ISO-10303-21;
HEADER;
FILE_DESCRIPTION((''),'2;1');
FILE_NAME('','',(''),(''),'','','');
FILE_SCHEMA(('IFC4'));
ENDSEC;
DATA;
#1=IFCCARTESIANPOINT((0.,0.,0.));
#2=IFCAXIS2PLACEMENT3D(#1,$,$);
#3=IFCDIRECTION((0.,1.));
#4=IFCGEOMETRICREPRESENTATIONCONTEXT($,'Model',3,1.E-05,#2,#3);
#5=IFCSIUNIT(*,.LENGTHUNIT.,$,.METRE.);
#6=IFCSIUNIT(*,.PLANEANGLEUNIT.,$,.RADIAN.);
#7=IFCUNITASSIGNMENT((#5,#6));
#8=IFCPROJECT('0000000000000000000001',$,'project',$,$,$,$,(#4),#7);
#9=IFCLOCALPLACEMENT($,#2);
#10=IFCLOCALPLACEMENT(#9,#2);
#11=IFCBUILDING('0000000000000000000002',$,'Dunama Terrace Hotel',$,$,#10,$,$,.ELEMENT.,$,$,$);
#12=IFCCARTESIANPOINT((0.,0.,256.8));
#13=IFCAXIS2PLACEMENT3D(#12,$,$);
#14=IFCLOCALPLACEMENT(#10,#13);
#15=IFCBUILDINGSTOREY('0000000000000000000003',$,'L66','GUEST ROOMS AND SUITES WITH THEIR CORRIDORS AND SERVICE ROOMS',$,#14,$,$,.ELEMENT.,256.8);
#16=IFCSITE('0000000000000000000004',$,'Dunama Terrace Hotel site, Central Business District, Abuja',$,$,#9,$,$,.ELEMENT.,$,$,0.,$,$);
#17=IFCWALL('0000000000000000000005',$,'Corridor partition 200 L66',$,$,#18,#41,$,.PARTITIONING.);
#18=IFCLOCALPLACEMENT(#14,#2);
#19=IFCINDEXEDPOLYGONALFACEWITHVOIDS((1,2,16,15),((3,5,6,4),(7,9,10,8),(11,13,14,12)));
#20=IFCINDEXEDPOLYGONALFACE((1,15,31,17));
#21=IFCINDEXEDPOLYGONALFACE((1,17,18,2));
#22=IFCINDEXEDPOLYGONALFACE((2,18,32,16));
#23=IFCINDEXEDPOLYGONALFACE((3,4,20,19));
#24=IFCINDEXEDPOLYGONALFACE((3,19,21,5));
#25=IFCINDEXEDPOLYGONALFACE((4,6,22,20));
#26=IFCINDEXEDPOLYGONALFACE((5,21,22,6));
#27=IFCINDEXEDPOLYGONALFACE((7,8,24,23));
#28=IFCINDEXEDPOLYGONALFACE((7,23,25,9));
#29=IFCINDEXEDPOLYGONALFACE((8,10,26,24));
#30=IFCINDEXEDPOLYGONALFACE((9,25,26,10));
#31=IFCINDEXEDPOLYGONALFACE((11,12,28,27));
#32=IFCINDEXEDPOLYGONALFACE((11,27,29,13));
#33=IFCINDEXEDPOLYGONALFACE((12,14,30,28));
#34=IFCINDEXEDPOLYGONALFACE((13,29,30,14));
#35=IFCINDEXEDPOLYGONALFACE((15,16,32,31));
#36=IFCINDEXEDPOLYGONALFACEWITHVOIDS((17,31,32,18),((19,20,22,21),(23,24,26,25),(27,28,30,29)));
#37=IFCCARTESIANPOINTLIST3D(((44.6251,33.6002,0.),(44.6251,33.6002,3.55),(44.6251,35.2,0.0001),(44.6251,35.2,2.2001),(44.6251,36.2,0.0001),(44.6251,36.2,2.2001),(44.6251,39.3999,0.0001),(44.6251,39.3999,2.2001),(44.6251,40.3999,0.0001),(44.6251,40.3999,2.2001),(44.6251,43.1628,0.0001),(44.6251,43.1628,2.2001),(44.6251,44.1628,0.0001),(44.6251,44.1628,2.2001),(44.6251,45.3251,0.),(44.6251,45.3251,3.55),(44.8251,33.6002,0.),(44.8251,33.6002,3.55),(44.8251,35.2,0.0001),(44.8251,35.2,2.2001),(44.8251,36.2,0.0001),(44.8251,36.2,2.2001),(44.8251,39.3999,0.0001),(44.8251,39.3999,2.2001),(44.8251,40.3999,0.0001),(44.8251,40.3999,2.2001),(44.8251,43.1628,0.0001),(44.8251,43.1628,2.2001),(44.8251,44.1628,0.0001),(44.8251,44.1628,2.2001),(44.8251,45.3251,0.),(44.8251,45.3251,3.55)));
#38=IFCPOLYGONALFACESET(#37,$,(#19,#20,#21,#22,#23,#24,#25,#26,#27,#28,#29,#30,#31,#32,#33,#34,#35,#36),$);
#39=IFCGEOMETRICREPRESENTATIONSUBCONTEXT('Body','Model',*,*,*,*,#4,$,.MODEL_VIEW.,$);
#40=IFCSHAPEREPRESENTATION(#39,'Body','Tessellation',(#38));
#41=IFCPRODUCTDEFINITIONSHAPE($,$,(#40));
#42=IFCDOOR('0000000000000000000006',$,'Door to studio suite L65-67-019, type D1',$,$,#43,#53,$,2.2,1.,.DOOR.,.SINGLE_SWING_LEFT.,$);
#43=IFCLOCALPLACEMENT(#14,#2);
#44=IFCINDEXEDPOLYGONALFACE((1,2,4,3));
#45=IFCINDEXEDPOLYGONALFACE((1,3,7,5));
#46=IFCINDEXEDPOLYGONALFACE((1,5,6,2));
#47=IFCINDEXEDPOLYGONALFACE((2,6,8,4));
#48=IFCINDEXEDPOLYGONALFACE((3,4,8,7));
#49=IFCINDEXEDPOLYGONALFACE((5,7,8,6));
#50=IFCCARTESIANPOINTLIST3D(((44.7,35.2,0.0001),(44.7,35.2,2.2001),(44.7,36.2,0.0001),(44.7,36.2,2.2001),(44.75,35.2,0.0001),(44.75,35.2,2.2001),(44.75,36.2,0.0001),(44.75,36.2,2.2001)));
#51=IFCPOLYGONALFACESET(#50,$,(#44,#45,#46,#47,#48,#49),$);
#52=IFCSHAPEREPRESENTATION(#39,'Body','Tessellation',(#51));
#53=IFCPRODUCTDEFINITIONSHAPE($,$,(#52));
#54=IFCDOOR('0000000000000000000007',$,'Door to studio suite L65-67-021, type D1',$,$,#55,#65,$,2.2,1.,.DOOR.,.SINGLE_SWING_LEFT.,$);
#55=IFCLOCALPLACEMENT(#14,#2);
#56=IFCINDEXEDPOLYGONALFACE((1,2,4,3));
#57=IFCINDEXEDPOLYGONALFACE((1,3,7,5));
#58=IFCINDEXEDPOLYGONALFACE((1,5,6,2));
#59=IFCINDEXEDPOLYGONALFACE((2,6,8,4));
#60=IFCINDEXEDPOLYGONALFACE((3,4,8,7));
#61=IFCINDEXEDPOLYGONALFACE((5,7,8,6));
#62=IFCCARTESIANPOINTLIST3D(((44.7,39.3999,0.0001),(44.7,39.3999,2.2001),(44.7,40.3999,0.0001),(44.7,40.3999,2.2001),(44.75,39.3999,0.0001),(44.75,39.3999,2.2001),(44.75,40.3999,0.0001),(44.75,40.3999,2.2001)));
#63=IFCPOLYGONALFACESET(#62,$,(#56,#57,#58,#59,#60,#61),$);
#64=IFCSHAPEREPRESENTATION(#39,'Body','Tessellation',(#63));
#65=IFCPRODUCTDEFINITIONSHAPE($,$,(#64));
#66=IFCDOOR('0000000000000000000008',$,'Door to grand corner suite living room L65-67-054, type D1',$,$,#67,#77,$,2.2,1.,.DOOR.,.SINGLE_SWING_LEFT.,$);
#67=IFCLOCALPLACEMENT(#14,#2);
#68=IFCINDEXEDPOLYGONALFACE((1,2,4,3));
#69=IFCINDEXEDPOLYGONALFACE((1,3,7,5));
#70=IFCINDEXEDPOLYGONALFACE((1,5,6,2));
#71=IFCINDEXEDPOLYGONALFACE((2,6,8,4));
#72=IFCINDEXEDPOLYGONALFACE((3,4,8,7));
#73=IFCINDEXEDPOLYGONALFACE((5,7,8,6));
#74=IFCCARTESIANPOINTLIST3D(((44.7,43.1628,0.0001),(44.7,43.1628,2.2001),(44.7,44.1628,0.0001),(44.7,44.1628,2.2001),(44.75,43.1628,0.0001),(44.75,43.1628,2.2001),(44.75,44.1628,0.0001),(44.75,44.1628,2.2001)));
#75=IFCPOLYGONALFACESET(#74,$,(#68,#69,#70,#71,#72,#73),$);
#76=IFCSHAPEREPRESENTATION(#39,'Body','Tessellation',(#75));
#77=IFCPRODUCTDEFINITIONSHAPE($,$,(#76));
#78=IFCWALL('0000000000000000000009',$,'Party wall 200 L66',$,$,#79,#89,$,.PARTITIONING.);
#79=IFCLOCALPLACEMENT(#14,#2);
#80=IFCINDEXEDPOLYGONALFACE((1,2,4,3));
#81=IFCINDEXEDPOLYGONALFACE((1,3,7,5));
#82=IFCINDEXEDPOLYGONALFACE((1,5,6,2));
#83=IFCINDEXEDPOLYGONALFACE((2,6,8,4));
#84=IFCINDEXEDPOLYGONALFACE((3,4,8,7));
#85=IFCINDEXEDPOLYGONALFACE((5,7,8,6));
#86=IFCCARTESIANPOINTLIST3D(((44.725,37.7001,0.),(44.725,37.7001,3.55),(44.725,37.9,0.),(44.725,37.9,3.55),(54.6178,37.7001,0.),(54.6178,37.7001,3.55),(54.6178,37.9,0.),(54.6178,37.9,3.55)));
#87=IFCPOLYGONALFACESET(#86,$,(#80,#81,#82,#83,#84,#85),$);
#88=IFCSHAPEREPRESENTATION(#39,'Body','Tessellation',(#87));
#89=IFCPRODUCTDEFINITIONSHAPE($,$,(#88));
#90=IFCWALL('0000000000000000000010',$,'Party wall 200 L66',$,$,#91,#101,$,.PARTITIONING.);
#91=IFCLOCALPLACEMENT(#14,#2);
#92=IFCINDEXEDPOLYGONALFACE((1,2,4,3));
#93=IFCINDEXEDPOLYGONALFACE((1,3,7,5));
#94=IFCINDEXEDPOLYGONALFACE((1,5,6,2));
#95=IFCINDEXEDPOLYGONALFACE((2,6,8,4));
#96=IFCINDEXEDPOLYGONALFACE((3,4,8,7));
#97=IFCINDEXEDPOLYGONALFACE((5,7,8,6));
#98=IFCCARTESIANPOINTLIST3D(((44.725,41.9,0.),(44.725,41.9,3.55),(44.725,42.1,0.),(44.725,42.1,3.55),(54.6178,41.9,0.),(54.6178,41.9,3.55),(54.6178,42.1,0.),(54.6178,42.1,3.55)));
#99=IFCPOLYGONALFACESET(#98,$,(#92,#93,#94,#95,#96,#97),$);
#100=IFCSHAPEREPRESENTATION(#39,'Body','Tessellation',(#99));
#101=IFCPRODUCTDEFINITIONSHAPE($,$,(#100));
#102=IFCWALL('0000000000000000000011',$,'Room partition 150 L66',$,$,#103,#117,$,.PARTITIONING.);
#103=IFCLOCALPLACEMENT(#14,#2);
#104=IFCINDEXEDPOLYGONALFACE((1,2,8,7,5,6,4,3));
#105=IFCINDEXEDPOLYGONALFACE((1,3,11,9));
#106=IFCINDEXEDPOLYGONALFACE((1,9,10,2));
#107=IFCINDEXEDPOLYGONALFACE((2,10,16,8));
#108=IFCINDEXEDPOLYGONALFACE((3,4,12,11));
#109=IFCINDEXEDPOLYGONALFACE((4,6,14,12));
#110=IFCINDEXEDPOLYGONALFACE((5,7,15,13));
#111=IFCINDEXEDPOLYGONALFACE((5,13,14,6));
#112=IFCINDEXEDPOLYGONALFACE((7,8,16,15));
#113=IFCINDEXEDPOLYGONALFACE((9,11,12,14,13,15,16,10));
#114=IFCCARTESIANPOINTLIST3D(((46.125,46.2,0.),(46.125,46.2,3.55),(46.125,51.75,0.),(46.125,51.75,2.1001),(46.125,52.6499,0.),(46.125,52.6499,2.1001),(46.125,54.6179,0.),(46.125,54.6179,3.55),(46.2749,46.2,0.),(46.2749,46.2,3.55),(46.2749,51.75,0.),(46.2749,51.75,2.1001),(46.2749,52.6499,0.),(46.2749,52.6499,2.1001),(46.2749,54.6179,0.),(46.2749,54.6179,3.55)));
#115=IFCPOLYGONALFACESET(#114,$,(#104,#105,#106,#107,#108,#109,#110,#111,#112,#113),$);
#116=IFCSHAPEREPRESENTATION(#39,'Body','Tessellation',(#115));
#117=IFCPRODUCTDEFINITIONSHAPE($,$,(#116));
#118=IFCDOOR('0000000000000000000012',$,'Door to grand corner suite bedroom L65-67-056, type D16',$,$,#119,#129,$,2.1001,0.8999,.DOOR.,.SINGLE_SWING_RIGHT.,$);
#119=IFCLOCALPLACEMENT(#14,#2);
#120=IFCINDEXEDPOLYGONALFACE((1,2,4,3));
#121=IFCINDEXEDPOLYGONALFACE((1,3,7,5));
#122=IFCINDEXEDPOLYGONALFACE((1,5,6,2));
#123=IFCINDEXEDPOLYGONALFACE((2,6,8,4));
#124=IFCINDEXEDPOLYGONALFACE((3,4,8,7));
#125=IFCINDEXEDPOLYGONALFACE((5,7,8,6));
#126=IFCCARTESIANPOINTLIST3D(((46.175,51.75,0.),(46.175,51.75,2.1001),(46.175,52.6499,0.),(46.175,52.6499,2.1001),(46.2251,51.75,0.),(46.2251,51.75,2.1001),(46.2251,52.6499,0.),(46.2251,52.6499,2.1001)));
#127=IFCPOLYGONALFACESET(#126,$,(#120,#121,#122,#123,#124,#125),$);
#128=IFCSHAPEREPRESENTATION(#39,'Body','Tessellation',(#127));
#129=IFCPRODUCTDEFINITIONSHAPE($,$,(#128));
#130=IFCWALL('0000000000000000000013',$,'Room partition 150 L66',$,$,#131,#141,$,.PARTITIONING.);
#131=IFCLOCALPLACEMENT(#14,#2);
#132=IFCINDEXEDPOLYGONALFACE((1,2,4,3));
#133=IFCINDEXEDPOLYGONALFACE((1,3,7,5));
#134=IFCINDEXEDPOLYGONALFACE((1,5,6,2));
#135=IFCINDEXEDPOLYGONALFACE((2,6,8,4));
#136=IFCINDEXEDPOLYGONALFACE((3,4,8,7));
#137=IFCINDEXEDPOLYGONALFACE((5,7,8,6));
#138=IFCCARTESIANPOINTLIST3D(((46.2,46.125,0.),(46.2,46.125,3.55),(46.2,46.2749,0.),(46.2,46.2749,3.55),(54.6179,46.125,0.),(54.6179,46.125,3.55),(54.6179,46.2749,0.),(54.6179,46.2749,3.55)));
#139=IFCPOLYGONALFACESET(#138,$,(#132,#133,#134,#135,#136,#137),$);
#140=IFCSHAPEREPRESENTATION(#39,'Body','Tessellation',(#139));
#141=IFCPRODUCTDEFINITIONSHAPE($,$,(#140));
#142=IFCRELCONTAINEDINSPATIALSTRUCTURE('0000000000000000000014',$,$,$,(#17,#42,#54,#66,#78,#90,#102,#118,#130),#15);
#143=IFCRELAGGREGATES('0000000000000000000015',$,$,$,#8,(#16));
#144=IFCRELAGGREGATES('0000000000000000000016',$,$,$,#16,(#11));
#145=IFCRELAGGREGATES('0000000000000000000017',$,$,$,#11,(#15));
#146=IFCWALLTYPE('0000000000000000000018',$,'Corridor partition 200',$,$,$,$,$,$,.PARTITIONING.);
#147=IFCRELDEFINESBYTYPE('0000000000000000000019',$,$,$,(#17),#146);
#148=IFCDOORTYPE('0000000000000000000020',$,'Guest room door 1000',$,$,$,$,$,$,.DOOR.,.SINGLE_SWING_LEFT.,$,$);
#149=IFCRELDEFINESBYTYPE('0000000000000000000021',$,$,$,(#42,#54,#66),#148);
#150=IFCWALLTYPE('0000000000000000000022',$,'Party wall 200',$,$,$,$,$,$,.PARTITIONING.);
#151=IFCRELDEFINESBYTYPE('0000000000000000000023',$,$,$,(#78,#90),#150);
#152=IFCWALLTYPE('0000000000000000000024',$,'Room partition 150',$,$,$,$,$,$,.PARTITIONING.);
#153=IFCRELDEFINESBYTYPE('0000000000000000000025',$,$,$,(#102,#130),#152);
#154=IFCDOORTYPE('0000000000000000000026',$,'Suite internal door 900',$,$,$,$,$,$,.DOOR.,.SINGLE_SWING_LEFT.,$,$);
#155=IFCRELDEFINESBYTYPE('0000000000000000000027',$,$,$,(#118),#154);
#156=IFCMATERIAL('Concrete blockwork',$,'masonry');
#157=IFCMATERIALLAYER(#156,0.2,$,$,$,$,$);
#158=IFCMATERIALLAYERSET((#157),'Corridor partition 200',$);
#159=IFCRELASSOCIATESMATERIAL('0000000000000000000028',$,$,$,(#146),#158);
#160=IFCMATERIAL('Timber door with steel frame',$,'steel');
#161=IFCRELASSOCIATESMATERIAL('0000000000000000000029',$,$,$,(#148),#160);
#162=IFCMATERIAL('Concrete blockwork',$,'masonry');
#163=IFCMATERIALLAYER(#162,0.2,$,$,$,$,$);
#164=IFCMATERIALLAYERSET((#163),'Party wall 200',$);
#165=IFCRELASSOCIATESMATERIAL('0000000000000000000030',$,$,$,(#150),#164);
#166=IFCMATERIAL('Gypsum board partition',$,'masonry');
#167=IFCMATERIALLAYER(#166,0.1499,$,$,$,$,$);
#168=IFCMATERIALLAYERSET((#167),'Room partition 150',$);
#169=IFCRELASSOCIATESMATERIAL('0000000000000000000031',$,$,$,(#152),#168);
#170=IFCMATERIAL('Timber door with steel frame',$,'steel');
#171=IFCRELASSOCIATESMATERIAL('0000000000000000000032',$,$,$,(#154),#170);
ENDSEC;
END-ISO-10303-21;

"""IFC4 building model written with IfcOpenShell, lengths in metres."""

from ifc_helpers import new_model, si_unit, direction, frame, frame_2d, origin, place, context, subcontext, project, spatial, rectangle, extrude, material, layer, layer_set, type_object, element, fill, save


model = new_model("IFC4")

# Units and contexts
model_context = context("Model", 3, precision=1e-05, world=origin(), true_north=direction((0.0, 1.0)))
body_context = subcontext(model_context, "Body", "Model", "MODEL_VIEW")
ifc_project = project(units=[si_unit("LENGTHUNIT", "METRE"), si_unit("PLANEANGLEUNIT", "RADIAN")], contexts=[model_context])

# Site, building, storey
site_placement = place(None, origin())
site = spatial("IfcSite", under=ifc_project, at=site_placement, Name="Dunama Terrace Hotel site, Central Business District, Abuja", CompositionType="ELEMENT", RefElevation=0.0)
building_placement = place(site_placement, origin())
building = spatial("IfcBuilding", under=site, at=building_placement, Name="Dunama Terrace Hotel", CompositionType="ELEMENT")
storey_placement = place(building_placement, frame((0.0, 0.0, 256.8)))
storey = spatial("IfcBuildingStorey", under=building, at=storey_placement, Name="L66", Description="GUEST ROOMS AND SUITES WITH THEIR CORRIDORS AND SERVICE ROOMS", CompositionType="ELEMENT", Elevation=256.8)

# Wall, openings, doors
ifc_material_1 = material(Name="Concrete blockwork", Category="masonry")
ifc_layer_1 = layer(ifc_material_1, 0.2)
ifc_layer_set_1 = layer_set([ifc_layer_1], Name="Corridor partition 200")
wall_type_1 = type_object("IfcWallType", Name="Corridor partition 200", PredefinedType="PARTITIONING", material=ifc_layer_set_1)
wall_1_placement = place(storey_placement, frame((44.7251, 45.325, 0.0), z_axis=(0.0, 0.0, 1.0), x_axis=(0.0, -1.0, 0.0)))
wall_1 = element("IfcWall", 1, at=wall_1_placement, inside=storey, type_object=wall_type_1, Name="Corridor partition 200 L66", PredefinedType="PARTITIONING", context=body_context, shape_type="SweptSolid", body=[
    extrude(rectangle(XDim=11.7249, YDim=0.2, at=frame_2d((5.8623, 0.0))), origin(), (0.0, 0.0, 1.0), 3.55),
])
opening_1_placement = place(wall_1_placement, frame((9.125, 0.0, 0.0)))
opening_1 = element("IfcOpeningElement", 2, at=opening_1_placement, cuts=wall_1, PredefinedType="OPENING", context=body_context, shape_type="SweptSolid", body=[
    extrude(rectangle(XDim=1.0, YDim=2.2, at=frame_2d((0.5, 1.1001))), frame((0.0, 0.1099, 0.0), z_axis=(0.0, -1.0, 0.0), x_axis=(1.0, 0.0, 0.0)), (0.0, 0.0, 1.0), 0.22),
])
opening_2_placement = place(wall_1_placement, frame((4.925, 0.0, 0.0)))
opening_2 = element("IfcOpeningElement", 3, at=opening_2_placement, cuts=wall_1, PredefinedType="OPENING", context=body_context, shape_type="SweptSolid", body=[
    extrude(rectangle(XDim=1.0, YDim=2.2, at=frame_2d((0.5, 1.1001))), frame((0.0, 0.1099, 0.0), z_axis=(0.0, -1.0, 0.0), x_axis=(1.0, 0.0, 0.0)), (0.0, 0.0, 1.0), 0.22),
])
opening_3_placement = place(wall_1_placement, frame((1.1621, 0.0, 0.0)))
opening_3 = element("IfcOpeningElement", 4, at=opening_3_placement, cuts=wall_1, PredefinedType="OPENING", context=body_context, shape_type="SweptSolid", body=[
    extrude(rectangle(XDim=1.0, YDim=2.2, at=frame_2d((0.5, 1.1001))), frame((0.0, 0.1099, 0.0), z_axis=(0.0, -1.0, 0.0), x_axis=(1.0, 0.0, 0.0)), (0.0, 0.0, 1.0), 0.22),
])
ifc_material_2 = material(Name="Timber door with steel frame", Category="steel")
door_type_1 = type_object("IfcDoorType", Name="Guest room door 1000", OperationType="SINGLE_SWING_LEFT", PredefinedType="DOOR", material=ifc_material_2)
door_1_placement = place(opening_1_placement, origin())
door_1 = element("IfcDoor", 5, at=door_1_placement, inside=storey, type_object=door_type_1, Name="Door to studio suite L65-67-019, type D1", OperationType="SINGLE_SWING_LEFT", OverallHeight=2.2, OverallWidth=1.0, PredefinedType="DOOR", context=body_context, shape_type="SweptSolid", body=[
    extrude(rectangle(XDim=1.0, YDim=2.2, at=frame_2d((0.5, 1.1001))), frame((0.0, 0.0249, 0.0), z_axis=(0.0, -1.0, 0.0), x_axis=(1.0, 0.0, 0.0)), (0.0, 0.0, 1.0), 0.05),
])
fill(opening_1, door_1)
door_2_placement = place(opening_2_placement, origin())
door_2 = element("IfcDoor", 6, at=door_2_placement, inside=storey, type_object=door_type_1, Name="Door to studio suite L65-67-021, type D1", OperationType="SINGLE_SWING_LEFT", OverallHeight=2.2, OverallWidth=1.0, PredefinedType="DOOR", context=body_context, shape_type="SweptSolid", body=[
    extrude(rectangle(XDim=1.0, YDim=2.2, at=frame_2d((0.5, 1.1001))), frame((0.0, 0.0249, 0.0), z_axis=(0.0, -1.0, 0.0), x_axis=(1.0, 0.0, 0.0)), (0.0, 0.0, 1.0), 0.05),
])
fill(opening_2, door_2)
door_3_placement = place(opening_3_placement, origin())
door_3 = element("IfcDoor", 7, at=door_3_placement, inside=storey, type_object=door_type_1, Name="Door to grand corner suite living room L65-67-054, type D1", OperationType="SINGLE_SWING_LEFT", OverallHeight=2.2, OverallWidth=1.0, PredefinedType="DOOR", context=body_context, shape_type="SweptSolid", body=[
    extrude(rectangle(XDim=1.0, YDim=2.2, at=frame_2d((0.5, 1.1001))), frame((0.0, 0.0249, 0.0), z_axis=(0.0, -1.0, 0.0), x_axis=(1.0, 0.0, 0.0)), (0.0, 0.0, 1.0), 0.05),
])
fill(opening_3, door_3)

# Walls
ifc_material_3 = material(Name="Concrete blockwork", Category="masonry")
ifc_layer_2 = layer(ifc_material_3, 0.2)
ifc_layer_set_2 = layer_set([ifc_layer_2], Name="Party wall 200")
wall_type_2 = type_object("IfcWallType", Name="Party wall 200", PredefinedType="PARTITIONING", material=ifc_layer_set_2)
for number, where, z_axis, x_axis, name in (
    (8, (44.7251, 37.8, 0.0), (0.0, 0.0, 1.0), (1.0, 0.0, 0.0), "Party wall 200 L66"),
    (9, (44.7251, 42.0, 0.0), (0.0, 0.0, 1.0), (1.0, 0.0, 0.0), "Party wall 200 L66"),
):
    element("IfcWall", number, at=place(storey_placement, frame(where, z_axis=z_axis, x_axis=x_axis)), inside=storey, type_object=wall_type_2, Name=name, PredefinedType="PARTITIONING", context=body_context, shape_type="SweptSolid", body=[
        extrude(rectangle(XDim=9.8928, YDim=0.2, at=frame_2d((4.9463, 0.0))), origin(), (0.0, 0.0, 1.0), 3.55),
    ])

# Wall, opening, door
ifc_material_4 = material(Name="Gypsum board partition", Category="masonry")
ifc_layer_3 = layer(ifc_material_4, 0.1499)
ifc_layer_set_3 = layer_set([ifc_layer_3], Name="Room partition 150")
wall_type_3 = type_object("IfcWallType", Name="Room partition 150", PredefinedType="PARTITIONING", material=ifc_layer_set_3)
wall_2_placement = place(storey_placement, frame((46.2, 46.2, 0.0), z_axis=(0.0, 0.0, 1.0), x_axis=(0.0, 1.0, 0.0)))
wall_2 = element("IfcWall", 10, at=wall_2_placement, inside=storey, type_object=wall_type_3, Name="Room partition 150 L66", PredefinedType="PARTITIONING", context=body_context, shape_type="SweptSolid", body=[
    extrude(rectangle(XDim=8.418, YDim=0.1499, at=frame_2d((4.209, 0.0))), origin(), (0.0, 0.0, 1.0), 3.55),
])
opening_4_placement = place(wall_2_placement, frame((5.55, 0.0, 0.0)))
opening_4 = element("IfcOpeningElement", 11, at=opening_4_placement, cuts=wall_2, PredefinedType="OPENING", context=body_context, shape_type="SweptSolid", body=[
    extrude(rectangle(XDim=0.8999, YDim=2.1001, at=frame_2d((0.45, 1.05))), frame((0.0, 0.085, 0.0), z_axis=(0.0, -1.0, 0.0), x_axis=(1.0, 0.0, 0.0)), (0.0, 0.0, 1.0), 0.1699),
])
ifc_material_5 = material(Name="Timber door with steel frame", Category="steel")
door_type_2 = type_object("IfcDoorType", Name="Suite internal door 900", OperationType="SINGLE_SWING_LEFT", PredefinedType="DOOR", material=ifc_material_5)
door_4_placement = place(opening_4_placement, frame((0.8999, 0.0, 0.0), z_axis=(0.0, 0.0, 1.0), x_axis=(-1.0, 0.0, 0.0)))
door_4 = element("IfcDoor", 12, at=door_4_placement, inside=storey, type_object=door_type_2, Name="Door to grand corner suite bedroom L65-67-056, type D16", OperationType="SINGLE_SWING_RIGHT", OverallHeight=2.1001, OverallWidth=0.8999, PredefinedType="DOOR", context=body_context, shape_type="SweptSolid", body=[
    extrude(rectangle(XDim=0.8999, YDim=2.1001, at=frame_2d((0.45, 1.05))), frame((0.0, 0.0251, 0.0), z_axis=(0.0, -1.0, 0.0), x_axis=(1.0, 0.0, 0.0)), (0.0, 0.0, 1.0), 0.05),
])
fill(opening_4, door_4)

# Wall
wall_3_placement = place(storey_placement, frame((46.2, 46.2, 0.0), z_axis=(0.0, 0.0, 1.0), x_axis=(1.0, 0.0, 0.0)))
element("IfcWall", 13, at=wall_3_placement, inside=storey, type_object=wall_type_3, Name="Room partition 150 L66", PredefinedType="PARTITIONING", context=body_context, shape_type="SweptSolid", body=[
    extrude(rectangle(XDim=8.418, YDim=0.1499, at=frame_2d((4.209, 0.0))), origin(), (0.0, 0.0, 1.0), 3.55),
])

save(model, "model.ifc")
